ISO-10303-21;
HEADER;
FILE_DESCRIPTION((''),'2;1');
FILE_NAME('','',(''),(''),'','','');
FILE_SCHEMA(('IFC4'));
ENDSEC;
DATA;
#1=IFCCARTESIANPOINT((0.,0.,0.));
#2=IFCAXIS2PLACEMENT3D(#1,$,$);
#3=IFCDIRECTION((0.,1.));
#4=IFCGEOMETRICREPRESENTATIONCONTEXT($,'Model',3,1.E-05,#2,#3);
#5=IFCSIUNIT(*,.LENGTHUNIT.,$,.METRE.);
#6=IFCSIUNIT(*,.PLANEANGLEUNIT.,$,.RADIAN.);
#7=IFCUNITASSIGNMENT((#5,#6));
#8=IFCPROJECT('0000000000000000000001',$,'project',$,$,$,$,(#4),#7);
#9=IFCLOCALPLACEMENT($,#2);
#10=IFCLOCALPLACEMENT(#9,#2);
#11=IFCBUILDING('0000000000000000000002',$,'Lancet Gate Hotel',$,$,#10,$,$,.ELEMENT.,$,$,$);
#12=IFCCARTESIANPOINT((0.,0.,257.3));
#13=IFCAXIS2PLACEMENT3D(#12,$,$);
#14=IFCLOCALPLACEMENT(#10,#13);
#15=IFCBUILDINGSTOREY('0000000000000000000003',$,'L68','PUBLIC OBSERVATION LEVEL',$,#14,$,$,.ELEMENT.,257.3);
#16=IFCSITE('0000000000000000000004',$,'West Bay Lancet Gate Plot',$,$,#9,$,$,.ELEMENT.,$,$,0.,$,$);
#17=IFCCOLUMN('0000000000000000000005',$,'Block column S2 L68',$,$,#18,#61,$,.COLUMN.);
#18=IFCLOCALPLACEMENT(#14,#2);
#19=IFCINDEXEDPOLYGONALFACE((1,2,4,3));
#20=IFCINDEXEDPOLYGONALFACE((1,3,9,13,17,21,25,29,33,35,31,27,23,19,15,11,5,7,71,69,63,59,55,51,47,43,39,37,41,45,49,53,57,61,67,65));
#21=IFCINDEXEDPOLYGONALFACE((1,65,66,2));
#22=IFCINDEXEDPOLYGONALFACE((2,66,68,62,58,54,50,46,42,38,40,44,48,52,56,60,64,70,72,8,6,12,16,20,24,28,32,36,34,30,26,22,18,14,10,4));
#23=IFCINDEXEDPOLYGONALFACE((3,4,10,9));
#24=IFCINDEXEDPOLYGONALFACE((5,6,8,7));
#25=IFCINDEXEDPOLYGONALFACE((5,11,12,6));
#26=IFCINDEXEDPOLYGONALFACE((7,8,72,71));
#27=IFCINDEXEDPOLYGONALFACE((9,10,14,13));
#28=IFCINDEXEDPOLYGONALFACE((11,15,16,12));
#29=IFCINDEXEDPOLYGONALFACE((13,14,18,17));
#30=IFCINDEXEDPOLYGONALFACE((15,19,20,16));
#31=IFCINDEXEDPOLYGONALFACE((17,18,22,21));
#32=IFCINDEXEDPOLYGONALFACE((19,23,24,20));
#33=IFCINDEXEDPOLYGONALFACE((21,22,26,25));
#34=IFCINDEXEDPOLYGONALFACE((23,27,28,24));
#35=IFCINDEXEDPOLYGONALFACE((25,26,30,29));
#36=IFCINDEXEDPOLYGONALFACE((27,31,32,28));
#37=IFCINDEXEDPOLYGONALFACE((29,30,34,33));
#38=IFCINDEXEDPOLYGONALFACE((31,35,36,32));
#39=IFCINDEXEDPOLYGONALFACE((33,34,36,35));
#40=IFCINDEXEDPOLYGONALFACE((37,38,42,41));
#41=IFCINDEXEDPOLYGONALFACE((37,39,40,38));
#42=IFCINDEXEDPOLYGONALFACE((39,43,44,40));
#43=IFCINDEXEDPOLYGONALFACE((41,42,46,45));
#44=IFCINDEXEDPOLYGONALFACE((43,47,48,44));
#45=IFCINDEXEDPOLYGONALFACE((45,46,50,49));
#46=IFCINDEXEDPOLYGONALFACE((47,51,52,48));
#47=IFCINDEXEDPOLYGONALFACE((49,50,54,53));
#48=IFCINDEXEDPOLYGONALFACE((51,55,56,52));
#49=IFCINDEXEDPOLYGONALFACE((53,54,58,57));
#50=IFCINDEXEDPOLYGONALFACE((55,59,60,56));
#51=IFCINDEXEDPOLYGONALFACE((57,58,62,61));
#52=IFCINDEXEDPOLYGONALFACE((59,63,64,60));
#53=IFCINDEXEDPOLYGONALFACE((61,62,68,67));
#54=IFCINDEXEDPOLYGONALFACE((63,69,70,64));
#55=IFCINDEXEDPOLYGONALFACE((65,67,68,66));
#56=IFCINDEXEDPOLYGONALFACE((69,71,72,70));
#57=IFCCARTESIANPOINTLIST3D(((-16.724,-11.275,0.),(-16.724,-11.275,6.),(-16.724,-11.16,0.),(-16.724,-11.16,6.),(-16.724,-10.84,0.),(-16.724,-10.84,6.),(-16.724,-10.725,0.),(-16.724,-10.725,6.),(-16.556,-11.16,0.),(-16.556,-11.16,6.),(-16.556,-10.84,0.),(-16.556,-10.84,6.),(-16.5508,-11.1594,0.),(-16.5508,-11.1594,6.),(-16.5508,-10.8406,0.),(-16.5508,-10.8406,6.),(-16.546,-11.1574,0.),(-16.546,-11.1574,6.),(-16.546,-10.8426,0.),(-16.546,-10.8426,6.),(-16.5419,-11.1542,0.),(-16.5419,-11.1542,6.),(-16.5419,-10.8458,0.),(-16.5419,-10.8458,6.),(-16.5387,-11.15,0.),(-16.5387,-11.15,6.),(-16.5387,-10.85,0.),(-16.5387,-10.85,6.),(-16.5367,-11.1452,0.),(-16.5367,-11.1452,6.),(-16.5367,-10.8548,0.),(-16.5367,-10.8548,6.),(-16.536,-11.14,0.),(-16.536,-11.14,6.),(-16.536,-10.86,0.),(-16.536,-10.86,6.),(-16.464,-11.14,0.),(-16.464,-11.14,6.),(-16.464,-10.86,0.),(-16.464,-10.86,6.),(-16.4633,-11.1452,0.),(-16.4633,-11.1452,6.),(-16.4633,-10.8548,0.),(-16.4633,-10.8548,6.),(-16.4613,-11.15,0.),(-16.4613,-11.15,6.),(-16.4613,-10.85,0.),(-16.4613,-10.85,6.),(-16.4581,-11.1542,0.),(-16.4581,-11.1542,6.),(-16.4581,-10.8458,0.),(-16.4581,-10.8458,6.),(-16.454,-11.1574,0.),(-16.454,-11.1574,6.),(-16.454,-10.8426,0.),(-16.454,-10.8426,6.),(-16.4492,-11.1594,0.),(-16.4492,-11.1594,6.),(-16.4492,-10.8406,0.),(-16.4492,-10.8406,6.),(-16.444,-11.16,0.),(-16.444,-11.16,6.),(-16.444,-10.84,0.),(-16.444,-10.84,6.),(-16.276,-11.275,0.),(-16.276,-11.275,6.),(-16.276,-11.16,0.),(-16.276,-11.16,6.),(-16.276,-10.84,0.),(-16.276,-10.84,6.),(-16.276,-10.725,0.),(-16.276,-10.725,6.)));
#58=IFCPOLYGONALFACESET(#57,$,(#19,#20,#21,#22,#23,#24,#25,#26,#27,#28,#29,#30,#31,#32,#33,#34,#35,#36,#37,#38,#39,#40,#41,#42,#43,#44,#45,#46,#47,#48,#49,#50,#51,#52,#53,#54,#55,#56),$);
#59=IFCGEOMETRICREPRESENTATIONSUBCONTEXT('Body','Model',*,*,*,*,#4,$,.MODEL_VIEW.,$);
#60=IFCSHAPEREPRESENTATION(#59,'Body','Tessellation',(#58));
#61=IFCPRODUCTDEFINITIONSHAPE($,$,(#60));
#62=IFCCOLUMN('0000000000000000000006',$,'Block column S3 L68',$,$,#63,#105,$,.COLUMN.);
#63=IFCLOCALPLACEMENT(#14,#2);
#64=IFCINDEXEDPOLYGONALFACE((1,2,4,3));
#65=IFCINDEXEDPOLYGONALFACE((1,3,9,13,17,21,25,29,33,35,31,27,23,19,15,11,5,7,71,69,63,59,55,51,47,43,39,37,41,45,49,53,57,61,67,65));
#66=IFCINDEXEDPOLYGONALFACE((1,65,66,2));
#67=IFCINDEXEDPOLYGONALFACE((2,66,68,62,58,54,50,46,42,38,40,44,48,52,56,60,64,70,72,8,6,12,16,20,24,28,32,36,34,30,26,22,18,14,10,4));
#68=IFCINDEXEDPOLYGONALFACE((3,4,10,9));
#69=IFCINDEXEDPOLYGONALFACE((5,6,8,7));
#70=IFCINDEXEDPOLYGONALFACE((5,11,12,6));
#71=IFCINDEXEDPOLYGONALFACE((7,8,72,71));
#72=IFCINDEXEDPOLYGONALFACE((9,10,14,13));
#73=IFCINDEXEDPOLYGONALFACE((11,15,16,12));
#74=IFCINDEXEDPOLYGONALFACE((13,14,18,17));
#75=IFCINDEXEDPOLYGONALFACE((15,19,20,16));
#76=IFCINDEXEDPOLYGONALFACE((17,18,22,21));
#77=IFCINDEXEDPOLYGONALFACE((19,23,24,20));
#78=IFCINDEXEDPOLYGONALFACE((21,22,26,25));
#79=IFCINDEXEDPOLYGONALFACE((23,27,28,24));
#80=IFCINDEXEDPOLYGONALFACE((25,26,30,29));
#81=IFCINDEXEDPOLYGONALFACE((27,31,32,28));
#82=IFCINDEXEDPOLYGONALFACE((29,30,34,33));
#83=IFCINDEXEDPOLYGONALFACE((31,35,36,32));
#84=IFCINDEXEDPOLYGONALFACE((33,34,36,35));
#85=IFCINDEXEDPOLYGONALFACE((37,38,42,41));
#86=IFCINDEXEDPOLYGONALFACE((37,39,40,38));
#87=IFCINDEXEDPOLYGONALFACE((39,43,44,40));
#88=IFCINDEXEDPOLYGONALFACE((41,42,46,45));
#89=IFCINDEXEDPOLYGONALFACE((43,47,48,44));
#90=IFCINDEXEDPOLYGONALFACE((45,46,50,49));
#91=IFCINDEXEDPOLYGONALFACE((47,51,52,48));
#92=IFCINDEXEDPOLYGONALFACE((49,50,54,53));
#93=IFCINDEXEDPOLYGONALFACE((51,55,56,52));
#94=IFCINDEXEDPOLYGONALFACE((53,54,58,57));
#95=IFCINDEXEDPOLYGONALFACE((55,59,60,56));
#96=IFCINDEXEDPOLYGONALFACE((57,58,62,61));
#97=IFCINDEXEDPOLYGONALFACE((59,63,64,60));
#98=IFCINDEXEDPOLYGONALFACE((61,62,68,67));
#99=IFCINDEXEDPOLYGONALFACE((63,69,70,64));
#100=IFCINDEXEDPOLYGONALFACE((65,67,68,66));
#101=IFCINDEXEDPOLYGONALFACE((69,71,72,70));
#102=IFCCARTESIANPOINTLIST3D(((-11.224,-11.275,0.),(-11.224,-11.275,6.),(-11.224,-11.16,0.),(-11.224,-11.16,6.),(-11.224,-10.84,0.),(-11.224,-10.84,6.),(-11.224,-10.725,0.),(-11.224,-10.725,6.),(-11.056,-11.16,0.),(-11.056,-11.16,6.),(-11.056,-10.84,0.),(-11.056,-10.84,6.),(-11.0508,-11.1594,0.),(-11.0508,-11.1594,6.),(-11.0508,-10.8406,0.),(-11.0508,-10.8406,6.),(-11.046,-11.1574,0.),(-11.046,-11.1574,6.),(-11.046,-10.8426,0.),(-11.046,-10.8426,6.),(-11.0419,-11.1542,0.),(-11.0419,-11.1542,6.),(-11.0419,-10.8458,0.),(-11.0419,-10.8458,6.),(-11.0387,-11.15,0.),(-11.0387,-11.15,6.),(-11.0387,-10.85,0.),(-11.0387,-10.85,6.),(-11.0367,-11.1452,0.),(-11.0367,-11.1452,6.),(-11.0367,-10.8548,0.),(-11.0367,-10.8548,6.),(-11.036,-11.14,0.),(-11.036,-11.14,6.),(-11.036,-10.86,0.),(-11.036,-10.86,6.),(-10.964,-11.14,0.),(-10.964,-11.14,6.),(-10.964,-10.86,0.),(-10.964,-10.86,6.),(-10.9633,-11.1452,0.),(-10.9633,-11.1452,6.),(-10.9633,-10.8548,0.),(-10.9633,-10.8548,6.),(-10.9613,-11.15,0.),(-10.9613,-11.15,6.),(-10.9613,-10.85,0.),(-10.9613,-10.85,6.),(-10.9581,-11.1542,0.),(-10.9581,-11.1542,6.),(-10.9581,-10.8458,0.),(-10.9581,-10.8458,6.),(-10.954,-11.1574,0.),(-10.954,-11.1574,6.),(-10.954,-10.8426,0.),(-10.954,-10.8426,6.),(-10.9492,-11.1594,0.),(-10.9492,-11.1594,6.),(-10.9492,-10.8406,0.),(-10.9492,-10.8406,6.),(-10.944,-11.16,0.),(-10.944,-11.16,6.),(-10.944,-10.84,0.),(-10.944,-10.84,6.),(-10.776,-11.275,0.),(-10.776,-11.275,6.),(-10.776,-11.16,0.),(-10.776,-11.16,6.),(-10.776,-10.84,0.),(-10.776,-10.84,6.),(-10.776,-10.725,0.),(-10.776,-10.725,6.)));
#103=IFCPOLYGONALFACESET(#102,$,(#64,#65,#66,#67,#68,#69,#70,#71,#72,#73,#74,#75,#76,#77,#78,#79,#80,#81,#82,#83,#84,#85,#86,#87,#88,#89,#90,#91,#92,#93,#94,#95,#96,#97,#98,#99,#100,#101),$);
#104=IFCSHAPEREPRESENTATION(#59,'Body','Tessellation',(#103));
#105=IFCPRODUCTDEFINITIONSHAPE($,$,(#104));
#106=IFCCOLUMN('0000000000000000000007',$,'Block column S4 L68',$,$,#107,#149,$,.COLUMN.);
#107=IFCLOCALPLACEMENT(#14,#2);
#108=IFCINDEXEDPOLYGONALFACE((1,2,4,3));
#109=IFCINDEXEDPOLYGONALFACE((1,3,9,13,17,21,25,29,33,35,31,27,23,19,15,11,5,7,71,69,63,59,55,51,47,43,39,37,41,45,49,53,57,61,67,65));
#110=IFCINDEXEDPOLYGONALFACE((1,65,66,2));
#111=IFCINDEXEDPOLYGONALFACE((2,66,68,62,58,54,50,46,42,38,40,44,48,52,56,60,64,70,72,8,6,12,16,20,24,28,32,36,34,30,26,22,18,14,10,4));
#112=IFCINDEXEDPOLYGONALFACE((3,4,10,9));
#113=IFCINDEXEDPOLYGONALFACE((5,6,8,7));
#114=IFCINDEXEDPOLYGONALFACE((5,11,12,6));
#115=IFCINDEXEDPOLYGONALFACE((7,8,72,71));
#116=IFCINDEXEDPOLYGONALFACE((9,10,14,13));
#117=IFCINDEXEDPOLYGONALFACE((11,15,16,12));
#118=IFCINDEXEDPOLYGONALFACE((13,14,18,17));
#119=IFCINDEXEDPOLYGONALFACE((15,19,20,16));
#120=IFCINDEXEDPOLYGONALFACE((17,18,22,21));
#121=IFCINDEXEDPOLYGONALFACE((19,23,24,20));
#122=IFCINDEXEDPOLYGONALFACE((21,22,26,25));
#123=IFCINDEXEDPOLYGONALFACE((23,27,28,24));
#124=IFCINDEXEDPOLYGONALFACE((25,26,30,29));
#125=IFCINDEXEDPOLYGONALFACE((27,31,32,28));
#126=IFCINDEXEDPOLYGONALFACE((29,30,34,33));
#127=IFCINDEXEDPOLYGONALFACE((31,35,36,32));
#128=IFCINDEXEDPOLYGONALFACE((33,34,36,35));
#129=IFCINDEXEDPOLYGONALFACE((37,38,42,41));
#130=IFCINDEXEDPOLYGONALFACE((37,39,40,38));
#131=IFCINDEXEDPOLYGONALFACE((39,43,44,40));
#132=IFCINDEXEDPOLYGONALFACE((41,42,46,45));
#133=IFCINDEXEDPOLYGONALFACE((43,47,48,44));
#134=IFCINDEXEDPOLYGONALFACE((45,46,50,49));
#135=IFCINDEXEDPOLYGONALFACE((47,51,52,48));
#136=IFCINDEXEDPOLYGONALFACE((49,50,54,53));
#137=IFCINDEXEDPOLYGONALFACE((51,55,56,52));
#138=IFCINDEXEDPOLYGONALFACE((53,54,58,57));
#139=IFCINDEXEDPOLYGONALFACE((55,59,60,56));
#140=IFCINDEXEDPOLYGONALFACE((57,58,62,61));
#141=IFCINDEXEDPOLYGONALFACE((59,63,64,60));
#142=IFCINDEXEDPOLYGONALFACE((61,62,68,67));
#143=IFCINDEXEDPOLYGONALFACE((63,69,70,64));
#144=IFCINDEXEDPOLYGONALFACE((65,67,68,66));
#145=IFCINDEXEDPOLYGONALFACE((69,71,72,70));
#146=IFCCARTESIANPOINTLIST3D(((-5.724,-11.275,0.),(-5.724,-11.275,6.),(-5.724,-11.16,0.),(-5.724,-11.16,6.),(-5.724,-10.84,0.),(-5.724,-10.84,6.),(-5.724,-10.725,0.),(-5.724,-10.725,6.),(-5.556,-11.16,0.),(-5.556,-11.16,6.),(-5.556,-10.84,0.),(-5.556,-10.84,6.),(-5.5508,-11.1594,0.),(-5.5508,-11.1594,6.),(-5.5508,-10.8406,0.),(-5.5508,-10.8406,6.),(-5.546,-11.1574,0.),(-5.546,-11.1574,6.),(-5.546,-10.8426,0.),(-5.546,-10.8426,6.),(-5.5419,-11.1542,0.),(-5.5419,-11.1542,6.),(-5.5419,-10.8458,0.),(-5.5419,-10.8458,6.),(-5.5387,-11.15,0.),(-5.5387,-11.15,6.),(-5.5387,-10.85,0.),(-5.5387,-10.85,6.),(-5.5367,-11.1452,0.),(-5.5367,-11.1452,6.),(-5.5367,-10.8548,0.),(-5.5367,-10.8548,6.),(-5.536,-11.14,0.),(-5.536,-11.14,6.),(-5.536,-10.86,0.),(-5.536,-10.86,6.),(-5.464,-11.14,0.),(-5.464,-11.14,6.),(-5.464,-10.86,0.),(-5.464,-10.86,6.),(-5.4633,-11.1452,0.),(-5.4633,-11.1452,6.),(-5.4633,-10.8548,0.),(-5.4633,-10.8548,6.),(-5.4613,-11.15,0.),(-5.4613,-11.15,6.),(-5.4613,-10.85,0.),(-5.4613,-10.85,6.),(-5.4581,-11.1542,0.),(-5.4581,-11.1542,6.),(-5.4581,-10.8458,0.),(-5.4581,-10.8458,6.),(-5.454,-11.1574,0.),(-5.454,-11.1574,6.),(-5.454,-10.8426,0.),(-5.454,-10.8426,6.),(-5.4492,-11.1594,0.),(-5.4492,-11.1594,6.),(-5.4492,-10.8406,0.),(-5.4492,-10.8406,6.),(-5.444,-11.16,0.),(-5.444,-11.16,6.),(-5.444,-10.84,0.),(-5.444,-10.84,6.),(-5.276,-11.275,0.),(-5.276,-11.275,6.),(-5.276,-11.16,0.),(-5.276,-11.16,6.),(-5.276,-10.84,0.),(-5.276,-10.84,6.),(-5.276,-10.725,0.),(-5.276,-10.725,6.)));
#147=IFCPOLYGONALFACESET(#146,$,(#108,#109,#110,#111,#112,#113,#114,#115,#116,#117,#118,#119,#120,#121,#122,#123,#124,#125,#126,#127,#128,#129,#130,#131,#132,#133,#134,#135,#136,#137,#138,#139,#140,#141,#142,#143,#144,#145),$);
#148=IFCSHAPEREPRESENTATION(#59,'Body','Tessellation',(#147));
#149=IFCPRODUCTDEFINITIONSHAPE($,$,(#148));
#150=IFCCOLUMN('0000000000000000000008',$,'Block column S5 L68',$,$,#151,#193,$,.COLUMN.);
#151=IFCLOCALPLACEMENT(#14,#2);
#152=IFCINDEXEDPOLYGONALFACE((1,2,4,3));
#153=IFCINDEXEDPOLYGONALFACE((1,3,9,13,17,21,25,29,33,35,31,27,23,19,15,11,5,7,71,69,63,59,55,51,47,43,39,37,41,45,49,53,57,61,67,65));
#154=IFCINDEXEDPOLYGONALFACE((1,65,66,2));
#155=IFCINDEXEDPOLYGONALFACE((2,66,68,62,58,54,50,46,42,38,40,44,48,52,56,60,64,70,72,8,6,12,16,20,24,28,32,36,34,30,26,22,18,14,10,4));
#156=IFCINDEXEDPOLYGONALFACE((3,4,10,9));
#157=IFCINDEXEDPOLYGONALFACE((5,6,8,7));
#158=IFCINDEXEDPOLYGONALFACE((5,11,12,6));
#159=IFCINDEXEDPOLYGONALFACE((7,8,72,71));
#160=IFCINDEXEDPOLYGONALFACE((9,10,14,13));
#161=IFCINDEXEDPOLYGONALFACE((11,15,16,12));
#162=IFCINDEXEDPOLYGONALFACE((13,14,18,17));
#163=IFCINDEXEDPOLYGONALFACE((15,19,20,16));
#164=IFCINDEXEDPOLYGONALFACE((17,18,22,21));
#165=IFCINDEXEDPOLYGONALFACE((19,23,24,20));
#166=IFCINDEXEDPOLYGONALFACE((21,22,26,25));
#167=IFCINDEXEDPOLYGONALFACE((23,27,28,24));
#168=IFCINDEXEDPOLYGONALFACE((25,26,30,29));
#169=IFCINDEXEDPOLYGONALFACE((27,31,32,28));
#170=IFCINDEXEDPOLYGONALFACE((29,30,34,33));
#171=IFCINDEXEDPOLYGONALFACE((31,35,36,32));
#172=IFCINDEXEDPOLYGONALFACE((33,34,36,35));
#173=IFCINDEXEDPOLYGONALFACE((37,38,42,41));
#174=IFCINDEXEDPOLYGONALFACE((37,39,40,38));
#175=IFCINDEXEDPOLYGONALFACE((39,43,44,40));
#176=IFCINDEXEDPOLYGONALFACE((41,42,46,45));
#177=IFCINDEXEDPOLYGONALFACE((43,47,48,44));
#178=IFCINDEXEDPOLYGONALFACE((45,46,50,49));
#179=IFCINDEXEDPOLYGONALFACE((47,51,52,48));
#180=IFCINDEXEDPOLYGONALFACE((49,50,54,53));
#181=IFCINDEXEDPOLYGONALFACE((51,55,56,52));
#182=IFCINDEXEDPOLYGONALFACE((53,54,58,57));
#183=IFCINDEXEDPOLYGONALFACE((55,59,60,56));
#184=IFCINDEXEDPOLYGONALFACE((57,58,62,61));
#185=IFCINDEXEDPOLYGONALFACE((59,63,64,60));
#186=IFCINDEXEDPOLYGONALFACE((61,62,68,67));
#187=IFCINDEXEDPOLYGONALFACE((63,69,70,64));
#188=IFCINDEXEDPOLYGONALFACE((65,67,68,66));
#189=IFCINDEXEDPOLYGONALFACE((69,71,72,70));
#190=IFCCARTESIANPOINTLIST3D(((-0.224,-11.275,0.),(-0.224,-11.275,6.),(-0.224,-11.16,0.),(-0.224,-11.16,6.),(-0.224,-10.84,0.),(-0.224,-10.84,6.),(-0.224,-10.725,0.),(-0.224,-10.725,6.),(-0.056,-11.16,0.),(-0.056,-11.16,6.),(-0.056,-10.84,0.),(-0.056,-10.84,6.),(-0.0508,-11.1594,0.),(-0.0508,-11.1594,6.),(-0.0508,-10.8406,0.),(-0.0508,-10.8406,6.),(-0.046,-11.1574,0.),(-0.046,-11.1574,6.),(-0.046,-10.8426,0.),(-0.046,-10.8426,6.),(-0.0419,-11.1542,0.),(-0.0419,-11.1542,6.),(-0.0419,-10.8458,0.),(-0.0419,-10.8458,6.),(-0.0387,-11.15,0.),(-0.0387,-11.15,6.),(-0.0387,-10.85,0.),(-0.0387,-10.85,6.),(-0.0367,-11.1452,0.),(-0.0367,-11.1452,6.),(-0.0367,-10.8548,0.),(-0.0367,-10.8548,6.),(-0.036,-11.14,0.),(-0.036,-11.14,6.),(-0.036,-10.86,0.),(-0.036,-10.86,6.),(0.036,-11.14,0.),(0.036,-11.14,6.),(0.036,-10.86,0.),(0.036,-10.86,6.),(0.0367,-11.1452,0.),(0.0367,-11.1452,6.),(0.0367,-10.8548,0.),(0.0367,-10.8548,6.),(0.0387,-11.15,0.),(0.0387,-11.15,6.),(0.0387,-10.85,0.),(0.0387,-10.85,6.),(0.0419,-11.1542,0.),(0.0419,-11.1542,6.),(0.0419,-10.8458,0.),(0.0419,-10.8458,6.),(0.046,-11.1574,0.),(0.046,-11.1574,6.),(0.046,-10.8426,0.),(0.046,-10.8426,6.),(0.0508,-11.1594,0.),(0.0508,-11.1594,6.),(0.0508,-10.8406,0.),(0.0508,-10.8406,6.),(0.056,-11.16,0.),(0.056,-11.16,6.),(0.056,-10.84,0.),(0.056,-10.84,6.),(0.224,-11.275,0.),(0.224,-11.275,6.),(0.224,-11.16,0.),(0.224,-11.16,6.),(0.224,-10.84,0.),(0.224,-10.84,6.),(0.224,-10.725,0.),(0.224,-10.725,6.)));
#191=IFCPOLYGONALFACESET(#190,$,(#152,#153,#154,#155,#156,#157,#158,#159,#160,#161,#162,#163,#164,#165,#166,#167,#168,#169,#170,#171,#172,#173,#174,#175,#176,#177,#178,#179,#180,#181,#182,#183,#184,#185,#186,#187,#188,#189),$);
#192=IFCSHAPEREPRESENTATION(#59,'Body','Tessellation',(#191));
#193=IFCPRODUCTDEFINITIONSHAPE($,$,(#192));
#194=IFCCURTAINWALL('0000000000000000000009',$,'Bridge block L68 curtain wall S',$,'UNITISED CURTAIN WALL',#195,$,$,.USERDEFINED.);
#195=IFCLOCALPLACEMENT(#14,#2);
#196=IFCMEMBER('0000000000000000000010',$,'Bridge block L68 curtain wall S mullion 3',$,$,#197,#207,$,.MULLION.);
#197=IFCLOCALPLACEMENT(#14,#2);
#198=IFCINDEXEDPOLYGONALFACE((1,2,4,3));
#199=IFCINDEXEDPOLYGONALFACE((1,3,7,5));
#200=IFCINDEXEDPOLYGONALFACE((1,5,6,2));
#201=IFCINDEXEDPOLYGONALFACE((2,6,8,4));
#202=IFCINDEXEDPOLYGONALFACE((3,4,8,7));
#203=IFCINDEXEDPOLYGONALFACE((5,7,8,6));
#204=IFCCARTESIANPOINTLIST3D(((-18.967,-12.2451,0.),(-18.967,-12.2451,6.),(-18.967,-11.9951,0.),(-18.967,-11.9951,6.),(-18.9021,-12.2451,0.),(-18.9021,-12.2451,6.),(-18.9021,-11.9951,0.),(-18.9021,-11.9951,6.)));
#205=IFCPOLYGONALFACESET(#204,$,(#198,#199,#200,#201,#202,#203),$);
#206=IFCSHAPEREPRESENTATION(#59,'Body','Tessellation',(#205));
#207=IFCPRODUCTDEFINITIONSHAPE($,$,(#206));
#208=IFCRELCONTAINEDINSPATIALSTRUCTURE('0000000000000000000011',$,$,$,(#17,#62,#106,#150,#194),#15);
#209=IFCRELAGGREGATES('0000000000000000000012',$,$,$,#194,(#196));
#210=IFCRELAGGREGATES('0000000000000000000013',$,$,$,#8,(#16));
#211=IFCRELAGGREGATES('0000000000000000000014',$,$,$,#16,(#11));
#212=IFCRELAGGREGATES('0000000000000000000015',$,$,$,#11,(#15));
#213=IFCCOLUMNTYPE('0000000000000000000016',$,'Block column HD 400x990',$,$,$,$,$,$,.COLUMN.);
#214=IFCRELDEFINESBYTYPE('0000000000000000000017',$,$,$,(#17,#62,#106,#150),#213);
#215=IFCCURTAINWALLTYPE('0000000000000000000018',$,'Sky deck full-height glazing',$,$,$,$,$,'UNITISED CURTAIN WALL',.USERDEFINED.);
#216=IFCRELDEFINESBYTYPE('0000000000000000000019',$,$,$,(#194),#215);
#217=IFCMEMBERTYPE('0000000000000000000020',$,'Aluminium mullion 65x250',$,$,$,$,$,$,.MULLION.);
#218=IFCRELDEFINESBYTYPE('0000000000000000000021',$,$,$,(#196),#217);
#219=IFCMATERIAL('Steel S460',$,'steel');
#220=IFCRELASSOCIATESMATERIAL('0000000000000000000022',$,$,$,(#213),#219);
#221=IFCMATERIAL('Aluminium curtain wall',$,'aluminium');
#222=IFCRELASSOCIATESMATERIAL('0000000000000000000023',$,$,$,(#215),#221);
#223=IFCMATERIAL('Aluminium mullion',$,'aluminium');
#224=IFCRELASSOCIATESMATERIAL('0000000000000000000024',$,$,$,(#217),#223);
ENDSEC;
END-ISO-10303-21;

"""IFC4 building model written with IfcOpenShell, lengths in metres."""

from ifc_helpers import new_model, si_unit, direction, frame, origin, origin_2d, place, context, subcontext, project, spatial, rectangle, i_section, extrude, material, material_profile, profile_set, type_object, element, aggregate, save


model = new_model("IFC4")

# Units and contexts
model_context = context("Model", 3, precision=1e-05, world=origin(), true_north=direction((0.0, 1.0)))
body_context = subcontext(model_context, "Body", "Model", "MODEL_VIEW")
ifc_project = project(units=[si_unit("LENGTHUNIT", "METRE"), si_unit("PLANEANGLEUNIT", "RADIAN")], contexts=[model_context])

# Site, building, storey
site_placement = place(None, origin())
site = spatial("IfcSite", under=ifc_project, at=site_placement, Name="West Bay Lancet Gate Plot", CompositionType="ELEMENT", RefElevation=0.0)
building_placement = place(site_placement, origin())
building = spatial("IfcBuilding", under=site, at=building_placement, Name="Lancet Gate Hotel", CompositionType="ELEMENT")
storey_placement = place(building_placement, frame((0.0, 0.0, 257.3)))
storey = spatial("IfcBuildingStorey", under=building, at=storey_placement, Name="L68", Description="PUBLIC OBSERVATION LEVEL", CompositionType="ELEMENT", Elevation=257.3)

# Columns
ifc_material_1 = material(Name="Steel S460", Category="steel")
ifc_material_profile_1 = material_profile(ifc_material_1, i_section(OverallWidth=0.448, OverallDepth=0.55, WebThickness=0.072, FlangeThickness=0.115, FilletRadius=0.02, at=origin_2d()), Name="HD 400x990")
ifc_profile_set_1 = profile_set([ifc_material_profile_1], Name="Steel S460")
column_type = type_object("IfcColumnType", Name="Block column HD 400x990", PredefinedType="COLUMN", material=ifc_profile_set_1)
for number, where, z_axis, x_axis, name in (
    (1, (-16.5, -11.0, 0.0), (0.0, 0.0, 1.0), (1.0, 0.0, 0.0), "Block column S2 L68"),
    (2, (-11.0, -11.0, 0.0), (0.0, 0.0, 1.0), (1.0, 0.0, 0.0), "Block column S3 L68"),
    (3, (-5.5, -11.0, 0.0), (0.0, 0.0, 1.0), (1.0, 0.0, 0.0), "Block column S4 L68"),
    (4, (0.0, -11.0, 0.0), (0.0, 0.0, 1.0), (1.0, 0.0, 0.0), "Block column S5 L68"),
):
    element("IfcColumn", number, at=place(storey_placement, frame(where, z_axis=z_axis, x_axis=x_axis)), inside=storey, type_object=column_type, Name=name, PredefinedType="COLUMN", context=body_context, shape_type="SweptSolid", body=[
        extrude(i_section(OverallWidth=0.448, OverallDepth=0.55, WebThickness=0.072, FlangeThickness=0.115, FilletRadius=0.02, at=origin_2d()), origin(), (0.0, 0.0, 1.0), 6.0),
    ])

# Curtain wall, member
ifc_material_2 = material(Name="Aluminium curtain wall", Category="aluminium")
curtain_wall_type = type_object("IfcCurtainWallType", Name="Sky deck full-height glazing", ElementType="UNITISED CURTAIN WALL", PredefinedType="USERDEFINED", material=ifc_material_2)
curtain_wall_placement = place(storey_placement, origin())
curtain_wall = element("IfcCurtainWall", 5, at=curtain_wall_placement, inside=storey, type_object=curtain_wall_type, Name="Bridge block L68 curtain wall S", ObjectType="UNITISED CURTAIN WALL", PredefinedType="USERDEFINED")
ifc_material_3 = material(Name="Aluminium mullion", Category="aluminium")
ifc_material_profile_2 = material_profile(ifc_material_3, rectangle(XDim=0.0649, YDim=0.25, at=origin_2d()), Name="MULLION 65x250")
ifc_profile_set_2 = profile_set([ifc_material_profile_2], Name="Aluminium mullion")
member_type_1 = type_object("IfcMemberType", Name="Aluminium mullion 65x250", PredefinedType="MULLION", material=ifc_profile_set_2)
member_1_placement = place(storey_placement, frame((-18.9346, -12.1201, 0.0), z_axis=(0.0, 0.0, 1.0), x_axis=(1.0, 0.0, 0.0)))
member_1 = element("IfcMember", 6, at=member_1_placement, type_object=member_type_1, Name="Bridge block L68 curtain wall S mullion 3", PredefinedType="MULLION", context=body_context, shape_type="SweptSolid", body=[
    extrude(rectangle(XDim=0.0649, YDim=0.25, at=origin_2d()), origin(), (0.0, 0.0, 1.0), 6.0),
])

aggregate(curtain_wall, [member_1])

save(model, "model.ifc")
